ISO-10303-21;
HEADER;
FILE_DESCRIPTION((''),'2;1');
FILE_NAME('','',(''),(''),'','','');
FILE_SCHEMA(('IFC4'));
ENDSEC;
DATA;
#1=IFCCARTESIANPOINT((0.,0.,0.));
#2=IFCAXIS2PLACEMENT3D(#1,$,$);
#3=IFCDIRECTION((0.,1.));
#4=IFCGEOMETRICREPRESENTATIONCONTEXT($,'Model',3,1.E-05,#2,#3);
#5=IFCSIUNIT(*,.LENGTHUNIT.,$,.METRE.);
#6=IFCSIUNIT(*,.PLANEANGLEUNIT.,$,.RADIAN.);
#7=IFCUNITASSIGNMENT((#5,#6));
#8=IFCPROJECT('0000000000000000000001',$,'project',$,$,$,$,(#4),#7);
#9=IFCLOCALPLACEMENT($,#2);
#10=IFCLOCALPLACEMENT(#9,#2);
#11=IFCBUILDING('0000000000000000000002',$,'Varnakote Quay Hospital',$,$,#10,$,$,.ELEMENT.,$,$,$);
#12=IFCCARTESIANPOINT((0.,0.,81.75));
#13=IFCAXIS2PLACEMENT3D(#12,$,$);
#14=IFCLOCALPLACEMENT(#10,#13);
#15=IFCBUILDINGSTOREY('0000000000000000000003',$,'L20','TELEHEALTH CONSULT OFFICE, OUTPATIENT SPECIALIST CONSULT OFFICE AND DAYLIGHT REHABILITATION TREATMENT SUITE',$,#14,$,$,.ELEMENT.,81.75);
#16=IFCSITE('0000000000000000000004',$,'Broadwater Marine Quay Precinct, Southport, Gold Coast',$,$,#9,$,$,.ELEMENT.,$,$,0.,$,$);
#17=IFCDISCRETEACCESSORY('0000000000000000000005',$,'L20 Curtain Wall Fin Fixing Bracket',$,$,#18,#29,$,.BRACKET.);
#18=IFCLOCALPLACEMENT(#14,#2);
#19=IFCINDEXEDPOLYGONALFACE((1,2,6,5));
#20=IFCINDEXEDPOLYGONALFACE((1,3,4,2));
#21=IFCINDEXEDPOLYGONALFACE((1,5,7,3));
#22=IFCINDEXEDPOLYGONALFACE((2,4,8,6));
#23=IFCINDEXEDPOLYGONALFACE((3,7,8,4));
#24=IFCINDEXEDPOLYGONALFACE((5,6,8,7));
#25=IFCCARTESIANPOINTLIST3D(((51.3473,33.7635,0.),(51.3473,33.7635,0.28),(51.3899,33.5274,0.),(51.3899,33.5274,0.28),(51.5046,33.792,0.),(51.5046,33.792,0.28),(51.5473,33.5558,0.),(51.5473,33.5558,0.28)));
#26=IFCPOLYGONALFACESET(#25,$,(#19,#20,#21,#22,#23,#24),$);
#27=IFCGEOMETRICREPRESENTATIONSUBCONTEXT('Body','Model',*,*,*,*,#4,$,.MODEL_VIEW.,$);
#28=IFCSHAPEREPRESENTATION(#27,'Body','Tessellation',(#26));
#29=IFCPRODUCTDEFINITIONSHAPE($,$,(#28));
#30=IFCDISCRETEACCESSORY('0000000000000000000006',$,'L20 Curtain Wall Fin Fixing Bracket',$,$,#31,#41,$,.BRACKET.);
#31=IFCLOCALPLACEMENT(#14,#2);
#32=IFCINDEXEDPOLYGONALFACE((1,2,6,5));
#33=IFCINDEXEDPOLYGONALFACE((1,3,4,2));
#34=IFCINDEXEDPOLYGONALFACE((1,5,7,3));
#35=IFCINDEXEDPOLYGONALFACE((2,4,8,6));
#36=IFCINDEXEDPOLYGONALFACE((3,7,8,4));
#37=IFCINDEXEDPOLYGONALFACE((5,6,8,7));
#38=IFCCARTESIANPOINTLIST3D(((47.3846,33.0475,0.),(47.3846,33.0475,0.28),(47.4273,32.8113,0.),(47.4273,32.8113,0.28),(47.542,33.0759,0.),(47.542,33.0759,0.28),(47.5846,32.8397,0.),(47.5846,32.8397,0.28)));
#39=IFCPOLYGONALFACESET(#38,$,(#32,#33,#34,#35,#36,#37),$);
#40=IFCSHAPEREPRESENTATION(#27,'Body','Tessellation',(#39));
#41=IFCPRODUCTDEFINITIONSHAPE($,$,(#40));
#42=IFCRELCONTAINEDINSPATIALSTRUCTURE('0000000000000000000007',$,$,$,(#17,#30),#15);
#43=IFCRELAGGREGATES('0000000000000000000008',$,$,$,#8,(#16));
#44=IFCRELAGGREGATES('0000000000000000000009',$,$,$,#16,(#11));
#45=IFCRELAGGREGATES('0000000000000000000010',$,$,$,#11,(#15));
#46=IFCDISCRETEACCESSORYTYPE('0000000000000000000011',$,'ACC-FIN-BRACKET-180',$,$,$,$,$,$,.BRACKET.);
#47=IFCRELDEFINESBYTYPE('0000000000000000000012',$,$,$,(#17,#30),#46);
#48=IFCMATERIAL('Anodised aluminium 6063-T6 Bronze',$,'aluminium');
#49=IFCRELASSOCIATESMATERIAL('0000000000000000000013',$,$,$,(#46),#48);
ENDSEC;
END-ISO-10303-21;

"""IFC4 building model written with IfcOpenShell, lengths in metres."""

from ifc_helpers import new_model, si_unit, direction, frame, origin, origin_2d, place, context, subcontext, project, spatial, rectangle, extrude, material, type_object, element, save


model = new_model("IFC4")

# Units and contexts
model_context = context("Model", 3, precision=1e-05, world=origin(), true_north=direction((0.0, 1.0)))
body_context = subcontext(model_context, "Body", "Model", "MODEL_VIEW")
ifc_project = project(units=[si_unit("LENGTHUNIT", "METRE"), si_unit("PLANEANGLEUNIT", "RADIAN")], contexts=[model_context])

# Site, building, storey
site_placement = place(None, origin())
site = spatial("IfcSite", under=ifc_project, at=site_placement, Name="Broadwater Marine Quay Precinct, Southport, Gold Coast", CompositionType="ELEMENT", RefElevation=0.0)
building_placement = place(site_placement, origin())
building = spatial("IfcBuilding", under=site, at=building_placement, Name="Varnakote Quay Hospital", CompositionType="ELEMENT")
storey_placement = place(building_placement, frame((0.0, 0.0, 81.75)))
storey = spatial("IfcBuildingStorey", under=building, at=storey_placement, Name="L20", Description="TELEHEALTH CONSULT OFFICE, OUTPATIENT SPECIALIST CONSULT OFFICE AND DAYLIGHT REHABILITATION TREATMENT SUITE", CompositionType="ELEMENT", Elevation=81.75)

# Discrete accessories
ifc_material_1 = material(Name="Anodised aluminium 6063-T6 Bronze", Category="aluminium")
discrete_accessory_type = type_object("IfcDiscreteAccessoryType", Name="ACC-FIN-BRACKET-180", PredefinedType="BRACKET", material=ifc_material_1)
for number, where, z_axis, x_axis, name in (
    (1, (51.4473, 33.6597, 0.0), (0.0, 0.0, 1.0), (-0.984072, -0.177772, 0.0), "L20 Curtain Wall Fin Fixing Bracket"),
    (2, (47.4846, 32.9436, 0.0), (0.0, 0.0, 1.0), (-0.984072, -0.177772, 0.0), "L20 Curtain Wall Fin Fixing Bracket"),
):
    element("IfcDiscreteAccessory", number, at=place(storey_placement, frame(where, z_axis=z_axis, x_axis=x_axis)), inside=storey, type_object=discrete_accessory_type, Name=name, PredefinedType="BRACKET", context=body_context, shape_type="SweptSolid", body=[
        extrude(rectangle(XDim=0.1599, YDim=0.24, at=origin_2d()), origin(), (0.0, 0.0, 1.0), 0.28),
    ])

save(model, "model.ifc")
